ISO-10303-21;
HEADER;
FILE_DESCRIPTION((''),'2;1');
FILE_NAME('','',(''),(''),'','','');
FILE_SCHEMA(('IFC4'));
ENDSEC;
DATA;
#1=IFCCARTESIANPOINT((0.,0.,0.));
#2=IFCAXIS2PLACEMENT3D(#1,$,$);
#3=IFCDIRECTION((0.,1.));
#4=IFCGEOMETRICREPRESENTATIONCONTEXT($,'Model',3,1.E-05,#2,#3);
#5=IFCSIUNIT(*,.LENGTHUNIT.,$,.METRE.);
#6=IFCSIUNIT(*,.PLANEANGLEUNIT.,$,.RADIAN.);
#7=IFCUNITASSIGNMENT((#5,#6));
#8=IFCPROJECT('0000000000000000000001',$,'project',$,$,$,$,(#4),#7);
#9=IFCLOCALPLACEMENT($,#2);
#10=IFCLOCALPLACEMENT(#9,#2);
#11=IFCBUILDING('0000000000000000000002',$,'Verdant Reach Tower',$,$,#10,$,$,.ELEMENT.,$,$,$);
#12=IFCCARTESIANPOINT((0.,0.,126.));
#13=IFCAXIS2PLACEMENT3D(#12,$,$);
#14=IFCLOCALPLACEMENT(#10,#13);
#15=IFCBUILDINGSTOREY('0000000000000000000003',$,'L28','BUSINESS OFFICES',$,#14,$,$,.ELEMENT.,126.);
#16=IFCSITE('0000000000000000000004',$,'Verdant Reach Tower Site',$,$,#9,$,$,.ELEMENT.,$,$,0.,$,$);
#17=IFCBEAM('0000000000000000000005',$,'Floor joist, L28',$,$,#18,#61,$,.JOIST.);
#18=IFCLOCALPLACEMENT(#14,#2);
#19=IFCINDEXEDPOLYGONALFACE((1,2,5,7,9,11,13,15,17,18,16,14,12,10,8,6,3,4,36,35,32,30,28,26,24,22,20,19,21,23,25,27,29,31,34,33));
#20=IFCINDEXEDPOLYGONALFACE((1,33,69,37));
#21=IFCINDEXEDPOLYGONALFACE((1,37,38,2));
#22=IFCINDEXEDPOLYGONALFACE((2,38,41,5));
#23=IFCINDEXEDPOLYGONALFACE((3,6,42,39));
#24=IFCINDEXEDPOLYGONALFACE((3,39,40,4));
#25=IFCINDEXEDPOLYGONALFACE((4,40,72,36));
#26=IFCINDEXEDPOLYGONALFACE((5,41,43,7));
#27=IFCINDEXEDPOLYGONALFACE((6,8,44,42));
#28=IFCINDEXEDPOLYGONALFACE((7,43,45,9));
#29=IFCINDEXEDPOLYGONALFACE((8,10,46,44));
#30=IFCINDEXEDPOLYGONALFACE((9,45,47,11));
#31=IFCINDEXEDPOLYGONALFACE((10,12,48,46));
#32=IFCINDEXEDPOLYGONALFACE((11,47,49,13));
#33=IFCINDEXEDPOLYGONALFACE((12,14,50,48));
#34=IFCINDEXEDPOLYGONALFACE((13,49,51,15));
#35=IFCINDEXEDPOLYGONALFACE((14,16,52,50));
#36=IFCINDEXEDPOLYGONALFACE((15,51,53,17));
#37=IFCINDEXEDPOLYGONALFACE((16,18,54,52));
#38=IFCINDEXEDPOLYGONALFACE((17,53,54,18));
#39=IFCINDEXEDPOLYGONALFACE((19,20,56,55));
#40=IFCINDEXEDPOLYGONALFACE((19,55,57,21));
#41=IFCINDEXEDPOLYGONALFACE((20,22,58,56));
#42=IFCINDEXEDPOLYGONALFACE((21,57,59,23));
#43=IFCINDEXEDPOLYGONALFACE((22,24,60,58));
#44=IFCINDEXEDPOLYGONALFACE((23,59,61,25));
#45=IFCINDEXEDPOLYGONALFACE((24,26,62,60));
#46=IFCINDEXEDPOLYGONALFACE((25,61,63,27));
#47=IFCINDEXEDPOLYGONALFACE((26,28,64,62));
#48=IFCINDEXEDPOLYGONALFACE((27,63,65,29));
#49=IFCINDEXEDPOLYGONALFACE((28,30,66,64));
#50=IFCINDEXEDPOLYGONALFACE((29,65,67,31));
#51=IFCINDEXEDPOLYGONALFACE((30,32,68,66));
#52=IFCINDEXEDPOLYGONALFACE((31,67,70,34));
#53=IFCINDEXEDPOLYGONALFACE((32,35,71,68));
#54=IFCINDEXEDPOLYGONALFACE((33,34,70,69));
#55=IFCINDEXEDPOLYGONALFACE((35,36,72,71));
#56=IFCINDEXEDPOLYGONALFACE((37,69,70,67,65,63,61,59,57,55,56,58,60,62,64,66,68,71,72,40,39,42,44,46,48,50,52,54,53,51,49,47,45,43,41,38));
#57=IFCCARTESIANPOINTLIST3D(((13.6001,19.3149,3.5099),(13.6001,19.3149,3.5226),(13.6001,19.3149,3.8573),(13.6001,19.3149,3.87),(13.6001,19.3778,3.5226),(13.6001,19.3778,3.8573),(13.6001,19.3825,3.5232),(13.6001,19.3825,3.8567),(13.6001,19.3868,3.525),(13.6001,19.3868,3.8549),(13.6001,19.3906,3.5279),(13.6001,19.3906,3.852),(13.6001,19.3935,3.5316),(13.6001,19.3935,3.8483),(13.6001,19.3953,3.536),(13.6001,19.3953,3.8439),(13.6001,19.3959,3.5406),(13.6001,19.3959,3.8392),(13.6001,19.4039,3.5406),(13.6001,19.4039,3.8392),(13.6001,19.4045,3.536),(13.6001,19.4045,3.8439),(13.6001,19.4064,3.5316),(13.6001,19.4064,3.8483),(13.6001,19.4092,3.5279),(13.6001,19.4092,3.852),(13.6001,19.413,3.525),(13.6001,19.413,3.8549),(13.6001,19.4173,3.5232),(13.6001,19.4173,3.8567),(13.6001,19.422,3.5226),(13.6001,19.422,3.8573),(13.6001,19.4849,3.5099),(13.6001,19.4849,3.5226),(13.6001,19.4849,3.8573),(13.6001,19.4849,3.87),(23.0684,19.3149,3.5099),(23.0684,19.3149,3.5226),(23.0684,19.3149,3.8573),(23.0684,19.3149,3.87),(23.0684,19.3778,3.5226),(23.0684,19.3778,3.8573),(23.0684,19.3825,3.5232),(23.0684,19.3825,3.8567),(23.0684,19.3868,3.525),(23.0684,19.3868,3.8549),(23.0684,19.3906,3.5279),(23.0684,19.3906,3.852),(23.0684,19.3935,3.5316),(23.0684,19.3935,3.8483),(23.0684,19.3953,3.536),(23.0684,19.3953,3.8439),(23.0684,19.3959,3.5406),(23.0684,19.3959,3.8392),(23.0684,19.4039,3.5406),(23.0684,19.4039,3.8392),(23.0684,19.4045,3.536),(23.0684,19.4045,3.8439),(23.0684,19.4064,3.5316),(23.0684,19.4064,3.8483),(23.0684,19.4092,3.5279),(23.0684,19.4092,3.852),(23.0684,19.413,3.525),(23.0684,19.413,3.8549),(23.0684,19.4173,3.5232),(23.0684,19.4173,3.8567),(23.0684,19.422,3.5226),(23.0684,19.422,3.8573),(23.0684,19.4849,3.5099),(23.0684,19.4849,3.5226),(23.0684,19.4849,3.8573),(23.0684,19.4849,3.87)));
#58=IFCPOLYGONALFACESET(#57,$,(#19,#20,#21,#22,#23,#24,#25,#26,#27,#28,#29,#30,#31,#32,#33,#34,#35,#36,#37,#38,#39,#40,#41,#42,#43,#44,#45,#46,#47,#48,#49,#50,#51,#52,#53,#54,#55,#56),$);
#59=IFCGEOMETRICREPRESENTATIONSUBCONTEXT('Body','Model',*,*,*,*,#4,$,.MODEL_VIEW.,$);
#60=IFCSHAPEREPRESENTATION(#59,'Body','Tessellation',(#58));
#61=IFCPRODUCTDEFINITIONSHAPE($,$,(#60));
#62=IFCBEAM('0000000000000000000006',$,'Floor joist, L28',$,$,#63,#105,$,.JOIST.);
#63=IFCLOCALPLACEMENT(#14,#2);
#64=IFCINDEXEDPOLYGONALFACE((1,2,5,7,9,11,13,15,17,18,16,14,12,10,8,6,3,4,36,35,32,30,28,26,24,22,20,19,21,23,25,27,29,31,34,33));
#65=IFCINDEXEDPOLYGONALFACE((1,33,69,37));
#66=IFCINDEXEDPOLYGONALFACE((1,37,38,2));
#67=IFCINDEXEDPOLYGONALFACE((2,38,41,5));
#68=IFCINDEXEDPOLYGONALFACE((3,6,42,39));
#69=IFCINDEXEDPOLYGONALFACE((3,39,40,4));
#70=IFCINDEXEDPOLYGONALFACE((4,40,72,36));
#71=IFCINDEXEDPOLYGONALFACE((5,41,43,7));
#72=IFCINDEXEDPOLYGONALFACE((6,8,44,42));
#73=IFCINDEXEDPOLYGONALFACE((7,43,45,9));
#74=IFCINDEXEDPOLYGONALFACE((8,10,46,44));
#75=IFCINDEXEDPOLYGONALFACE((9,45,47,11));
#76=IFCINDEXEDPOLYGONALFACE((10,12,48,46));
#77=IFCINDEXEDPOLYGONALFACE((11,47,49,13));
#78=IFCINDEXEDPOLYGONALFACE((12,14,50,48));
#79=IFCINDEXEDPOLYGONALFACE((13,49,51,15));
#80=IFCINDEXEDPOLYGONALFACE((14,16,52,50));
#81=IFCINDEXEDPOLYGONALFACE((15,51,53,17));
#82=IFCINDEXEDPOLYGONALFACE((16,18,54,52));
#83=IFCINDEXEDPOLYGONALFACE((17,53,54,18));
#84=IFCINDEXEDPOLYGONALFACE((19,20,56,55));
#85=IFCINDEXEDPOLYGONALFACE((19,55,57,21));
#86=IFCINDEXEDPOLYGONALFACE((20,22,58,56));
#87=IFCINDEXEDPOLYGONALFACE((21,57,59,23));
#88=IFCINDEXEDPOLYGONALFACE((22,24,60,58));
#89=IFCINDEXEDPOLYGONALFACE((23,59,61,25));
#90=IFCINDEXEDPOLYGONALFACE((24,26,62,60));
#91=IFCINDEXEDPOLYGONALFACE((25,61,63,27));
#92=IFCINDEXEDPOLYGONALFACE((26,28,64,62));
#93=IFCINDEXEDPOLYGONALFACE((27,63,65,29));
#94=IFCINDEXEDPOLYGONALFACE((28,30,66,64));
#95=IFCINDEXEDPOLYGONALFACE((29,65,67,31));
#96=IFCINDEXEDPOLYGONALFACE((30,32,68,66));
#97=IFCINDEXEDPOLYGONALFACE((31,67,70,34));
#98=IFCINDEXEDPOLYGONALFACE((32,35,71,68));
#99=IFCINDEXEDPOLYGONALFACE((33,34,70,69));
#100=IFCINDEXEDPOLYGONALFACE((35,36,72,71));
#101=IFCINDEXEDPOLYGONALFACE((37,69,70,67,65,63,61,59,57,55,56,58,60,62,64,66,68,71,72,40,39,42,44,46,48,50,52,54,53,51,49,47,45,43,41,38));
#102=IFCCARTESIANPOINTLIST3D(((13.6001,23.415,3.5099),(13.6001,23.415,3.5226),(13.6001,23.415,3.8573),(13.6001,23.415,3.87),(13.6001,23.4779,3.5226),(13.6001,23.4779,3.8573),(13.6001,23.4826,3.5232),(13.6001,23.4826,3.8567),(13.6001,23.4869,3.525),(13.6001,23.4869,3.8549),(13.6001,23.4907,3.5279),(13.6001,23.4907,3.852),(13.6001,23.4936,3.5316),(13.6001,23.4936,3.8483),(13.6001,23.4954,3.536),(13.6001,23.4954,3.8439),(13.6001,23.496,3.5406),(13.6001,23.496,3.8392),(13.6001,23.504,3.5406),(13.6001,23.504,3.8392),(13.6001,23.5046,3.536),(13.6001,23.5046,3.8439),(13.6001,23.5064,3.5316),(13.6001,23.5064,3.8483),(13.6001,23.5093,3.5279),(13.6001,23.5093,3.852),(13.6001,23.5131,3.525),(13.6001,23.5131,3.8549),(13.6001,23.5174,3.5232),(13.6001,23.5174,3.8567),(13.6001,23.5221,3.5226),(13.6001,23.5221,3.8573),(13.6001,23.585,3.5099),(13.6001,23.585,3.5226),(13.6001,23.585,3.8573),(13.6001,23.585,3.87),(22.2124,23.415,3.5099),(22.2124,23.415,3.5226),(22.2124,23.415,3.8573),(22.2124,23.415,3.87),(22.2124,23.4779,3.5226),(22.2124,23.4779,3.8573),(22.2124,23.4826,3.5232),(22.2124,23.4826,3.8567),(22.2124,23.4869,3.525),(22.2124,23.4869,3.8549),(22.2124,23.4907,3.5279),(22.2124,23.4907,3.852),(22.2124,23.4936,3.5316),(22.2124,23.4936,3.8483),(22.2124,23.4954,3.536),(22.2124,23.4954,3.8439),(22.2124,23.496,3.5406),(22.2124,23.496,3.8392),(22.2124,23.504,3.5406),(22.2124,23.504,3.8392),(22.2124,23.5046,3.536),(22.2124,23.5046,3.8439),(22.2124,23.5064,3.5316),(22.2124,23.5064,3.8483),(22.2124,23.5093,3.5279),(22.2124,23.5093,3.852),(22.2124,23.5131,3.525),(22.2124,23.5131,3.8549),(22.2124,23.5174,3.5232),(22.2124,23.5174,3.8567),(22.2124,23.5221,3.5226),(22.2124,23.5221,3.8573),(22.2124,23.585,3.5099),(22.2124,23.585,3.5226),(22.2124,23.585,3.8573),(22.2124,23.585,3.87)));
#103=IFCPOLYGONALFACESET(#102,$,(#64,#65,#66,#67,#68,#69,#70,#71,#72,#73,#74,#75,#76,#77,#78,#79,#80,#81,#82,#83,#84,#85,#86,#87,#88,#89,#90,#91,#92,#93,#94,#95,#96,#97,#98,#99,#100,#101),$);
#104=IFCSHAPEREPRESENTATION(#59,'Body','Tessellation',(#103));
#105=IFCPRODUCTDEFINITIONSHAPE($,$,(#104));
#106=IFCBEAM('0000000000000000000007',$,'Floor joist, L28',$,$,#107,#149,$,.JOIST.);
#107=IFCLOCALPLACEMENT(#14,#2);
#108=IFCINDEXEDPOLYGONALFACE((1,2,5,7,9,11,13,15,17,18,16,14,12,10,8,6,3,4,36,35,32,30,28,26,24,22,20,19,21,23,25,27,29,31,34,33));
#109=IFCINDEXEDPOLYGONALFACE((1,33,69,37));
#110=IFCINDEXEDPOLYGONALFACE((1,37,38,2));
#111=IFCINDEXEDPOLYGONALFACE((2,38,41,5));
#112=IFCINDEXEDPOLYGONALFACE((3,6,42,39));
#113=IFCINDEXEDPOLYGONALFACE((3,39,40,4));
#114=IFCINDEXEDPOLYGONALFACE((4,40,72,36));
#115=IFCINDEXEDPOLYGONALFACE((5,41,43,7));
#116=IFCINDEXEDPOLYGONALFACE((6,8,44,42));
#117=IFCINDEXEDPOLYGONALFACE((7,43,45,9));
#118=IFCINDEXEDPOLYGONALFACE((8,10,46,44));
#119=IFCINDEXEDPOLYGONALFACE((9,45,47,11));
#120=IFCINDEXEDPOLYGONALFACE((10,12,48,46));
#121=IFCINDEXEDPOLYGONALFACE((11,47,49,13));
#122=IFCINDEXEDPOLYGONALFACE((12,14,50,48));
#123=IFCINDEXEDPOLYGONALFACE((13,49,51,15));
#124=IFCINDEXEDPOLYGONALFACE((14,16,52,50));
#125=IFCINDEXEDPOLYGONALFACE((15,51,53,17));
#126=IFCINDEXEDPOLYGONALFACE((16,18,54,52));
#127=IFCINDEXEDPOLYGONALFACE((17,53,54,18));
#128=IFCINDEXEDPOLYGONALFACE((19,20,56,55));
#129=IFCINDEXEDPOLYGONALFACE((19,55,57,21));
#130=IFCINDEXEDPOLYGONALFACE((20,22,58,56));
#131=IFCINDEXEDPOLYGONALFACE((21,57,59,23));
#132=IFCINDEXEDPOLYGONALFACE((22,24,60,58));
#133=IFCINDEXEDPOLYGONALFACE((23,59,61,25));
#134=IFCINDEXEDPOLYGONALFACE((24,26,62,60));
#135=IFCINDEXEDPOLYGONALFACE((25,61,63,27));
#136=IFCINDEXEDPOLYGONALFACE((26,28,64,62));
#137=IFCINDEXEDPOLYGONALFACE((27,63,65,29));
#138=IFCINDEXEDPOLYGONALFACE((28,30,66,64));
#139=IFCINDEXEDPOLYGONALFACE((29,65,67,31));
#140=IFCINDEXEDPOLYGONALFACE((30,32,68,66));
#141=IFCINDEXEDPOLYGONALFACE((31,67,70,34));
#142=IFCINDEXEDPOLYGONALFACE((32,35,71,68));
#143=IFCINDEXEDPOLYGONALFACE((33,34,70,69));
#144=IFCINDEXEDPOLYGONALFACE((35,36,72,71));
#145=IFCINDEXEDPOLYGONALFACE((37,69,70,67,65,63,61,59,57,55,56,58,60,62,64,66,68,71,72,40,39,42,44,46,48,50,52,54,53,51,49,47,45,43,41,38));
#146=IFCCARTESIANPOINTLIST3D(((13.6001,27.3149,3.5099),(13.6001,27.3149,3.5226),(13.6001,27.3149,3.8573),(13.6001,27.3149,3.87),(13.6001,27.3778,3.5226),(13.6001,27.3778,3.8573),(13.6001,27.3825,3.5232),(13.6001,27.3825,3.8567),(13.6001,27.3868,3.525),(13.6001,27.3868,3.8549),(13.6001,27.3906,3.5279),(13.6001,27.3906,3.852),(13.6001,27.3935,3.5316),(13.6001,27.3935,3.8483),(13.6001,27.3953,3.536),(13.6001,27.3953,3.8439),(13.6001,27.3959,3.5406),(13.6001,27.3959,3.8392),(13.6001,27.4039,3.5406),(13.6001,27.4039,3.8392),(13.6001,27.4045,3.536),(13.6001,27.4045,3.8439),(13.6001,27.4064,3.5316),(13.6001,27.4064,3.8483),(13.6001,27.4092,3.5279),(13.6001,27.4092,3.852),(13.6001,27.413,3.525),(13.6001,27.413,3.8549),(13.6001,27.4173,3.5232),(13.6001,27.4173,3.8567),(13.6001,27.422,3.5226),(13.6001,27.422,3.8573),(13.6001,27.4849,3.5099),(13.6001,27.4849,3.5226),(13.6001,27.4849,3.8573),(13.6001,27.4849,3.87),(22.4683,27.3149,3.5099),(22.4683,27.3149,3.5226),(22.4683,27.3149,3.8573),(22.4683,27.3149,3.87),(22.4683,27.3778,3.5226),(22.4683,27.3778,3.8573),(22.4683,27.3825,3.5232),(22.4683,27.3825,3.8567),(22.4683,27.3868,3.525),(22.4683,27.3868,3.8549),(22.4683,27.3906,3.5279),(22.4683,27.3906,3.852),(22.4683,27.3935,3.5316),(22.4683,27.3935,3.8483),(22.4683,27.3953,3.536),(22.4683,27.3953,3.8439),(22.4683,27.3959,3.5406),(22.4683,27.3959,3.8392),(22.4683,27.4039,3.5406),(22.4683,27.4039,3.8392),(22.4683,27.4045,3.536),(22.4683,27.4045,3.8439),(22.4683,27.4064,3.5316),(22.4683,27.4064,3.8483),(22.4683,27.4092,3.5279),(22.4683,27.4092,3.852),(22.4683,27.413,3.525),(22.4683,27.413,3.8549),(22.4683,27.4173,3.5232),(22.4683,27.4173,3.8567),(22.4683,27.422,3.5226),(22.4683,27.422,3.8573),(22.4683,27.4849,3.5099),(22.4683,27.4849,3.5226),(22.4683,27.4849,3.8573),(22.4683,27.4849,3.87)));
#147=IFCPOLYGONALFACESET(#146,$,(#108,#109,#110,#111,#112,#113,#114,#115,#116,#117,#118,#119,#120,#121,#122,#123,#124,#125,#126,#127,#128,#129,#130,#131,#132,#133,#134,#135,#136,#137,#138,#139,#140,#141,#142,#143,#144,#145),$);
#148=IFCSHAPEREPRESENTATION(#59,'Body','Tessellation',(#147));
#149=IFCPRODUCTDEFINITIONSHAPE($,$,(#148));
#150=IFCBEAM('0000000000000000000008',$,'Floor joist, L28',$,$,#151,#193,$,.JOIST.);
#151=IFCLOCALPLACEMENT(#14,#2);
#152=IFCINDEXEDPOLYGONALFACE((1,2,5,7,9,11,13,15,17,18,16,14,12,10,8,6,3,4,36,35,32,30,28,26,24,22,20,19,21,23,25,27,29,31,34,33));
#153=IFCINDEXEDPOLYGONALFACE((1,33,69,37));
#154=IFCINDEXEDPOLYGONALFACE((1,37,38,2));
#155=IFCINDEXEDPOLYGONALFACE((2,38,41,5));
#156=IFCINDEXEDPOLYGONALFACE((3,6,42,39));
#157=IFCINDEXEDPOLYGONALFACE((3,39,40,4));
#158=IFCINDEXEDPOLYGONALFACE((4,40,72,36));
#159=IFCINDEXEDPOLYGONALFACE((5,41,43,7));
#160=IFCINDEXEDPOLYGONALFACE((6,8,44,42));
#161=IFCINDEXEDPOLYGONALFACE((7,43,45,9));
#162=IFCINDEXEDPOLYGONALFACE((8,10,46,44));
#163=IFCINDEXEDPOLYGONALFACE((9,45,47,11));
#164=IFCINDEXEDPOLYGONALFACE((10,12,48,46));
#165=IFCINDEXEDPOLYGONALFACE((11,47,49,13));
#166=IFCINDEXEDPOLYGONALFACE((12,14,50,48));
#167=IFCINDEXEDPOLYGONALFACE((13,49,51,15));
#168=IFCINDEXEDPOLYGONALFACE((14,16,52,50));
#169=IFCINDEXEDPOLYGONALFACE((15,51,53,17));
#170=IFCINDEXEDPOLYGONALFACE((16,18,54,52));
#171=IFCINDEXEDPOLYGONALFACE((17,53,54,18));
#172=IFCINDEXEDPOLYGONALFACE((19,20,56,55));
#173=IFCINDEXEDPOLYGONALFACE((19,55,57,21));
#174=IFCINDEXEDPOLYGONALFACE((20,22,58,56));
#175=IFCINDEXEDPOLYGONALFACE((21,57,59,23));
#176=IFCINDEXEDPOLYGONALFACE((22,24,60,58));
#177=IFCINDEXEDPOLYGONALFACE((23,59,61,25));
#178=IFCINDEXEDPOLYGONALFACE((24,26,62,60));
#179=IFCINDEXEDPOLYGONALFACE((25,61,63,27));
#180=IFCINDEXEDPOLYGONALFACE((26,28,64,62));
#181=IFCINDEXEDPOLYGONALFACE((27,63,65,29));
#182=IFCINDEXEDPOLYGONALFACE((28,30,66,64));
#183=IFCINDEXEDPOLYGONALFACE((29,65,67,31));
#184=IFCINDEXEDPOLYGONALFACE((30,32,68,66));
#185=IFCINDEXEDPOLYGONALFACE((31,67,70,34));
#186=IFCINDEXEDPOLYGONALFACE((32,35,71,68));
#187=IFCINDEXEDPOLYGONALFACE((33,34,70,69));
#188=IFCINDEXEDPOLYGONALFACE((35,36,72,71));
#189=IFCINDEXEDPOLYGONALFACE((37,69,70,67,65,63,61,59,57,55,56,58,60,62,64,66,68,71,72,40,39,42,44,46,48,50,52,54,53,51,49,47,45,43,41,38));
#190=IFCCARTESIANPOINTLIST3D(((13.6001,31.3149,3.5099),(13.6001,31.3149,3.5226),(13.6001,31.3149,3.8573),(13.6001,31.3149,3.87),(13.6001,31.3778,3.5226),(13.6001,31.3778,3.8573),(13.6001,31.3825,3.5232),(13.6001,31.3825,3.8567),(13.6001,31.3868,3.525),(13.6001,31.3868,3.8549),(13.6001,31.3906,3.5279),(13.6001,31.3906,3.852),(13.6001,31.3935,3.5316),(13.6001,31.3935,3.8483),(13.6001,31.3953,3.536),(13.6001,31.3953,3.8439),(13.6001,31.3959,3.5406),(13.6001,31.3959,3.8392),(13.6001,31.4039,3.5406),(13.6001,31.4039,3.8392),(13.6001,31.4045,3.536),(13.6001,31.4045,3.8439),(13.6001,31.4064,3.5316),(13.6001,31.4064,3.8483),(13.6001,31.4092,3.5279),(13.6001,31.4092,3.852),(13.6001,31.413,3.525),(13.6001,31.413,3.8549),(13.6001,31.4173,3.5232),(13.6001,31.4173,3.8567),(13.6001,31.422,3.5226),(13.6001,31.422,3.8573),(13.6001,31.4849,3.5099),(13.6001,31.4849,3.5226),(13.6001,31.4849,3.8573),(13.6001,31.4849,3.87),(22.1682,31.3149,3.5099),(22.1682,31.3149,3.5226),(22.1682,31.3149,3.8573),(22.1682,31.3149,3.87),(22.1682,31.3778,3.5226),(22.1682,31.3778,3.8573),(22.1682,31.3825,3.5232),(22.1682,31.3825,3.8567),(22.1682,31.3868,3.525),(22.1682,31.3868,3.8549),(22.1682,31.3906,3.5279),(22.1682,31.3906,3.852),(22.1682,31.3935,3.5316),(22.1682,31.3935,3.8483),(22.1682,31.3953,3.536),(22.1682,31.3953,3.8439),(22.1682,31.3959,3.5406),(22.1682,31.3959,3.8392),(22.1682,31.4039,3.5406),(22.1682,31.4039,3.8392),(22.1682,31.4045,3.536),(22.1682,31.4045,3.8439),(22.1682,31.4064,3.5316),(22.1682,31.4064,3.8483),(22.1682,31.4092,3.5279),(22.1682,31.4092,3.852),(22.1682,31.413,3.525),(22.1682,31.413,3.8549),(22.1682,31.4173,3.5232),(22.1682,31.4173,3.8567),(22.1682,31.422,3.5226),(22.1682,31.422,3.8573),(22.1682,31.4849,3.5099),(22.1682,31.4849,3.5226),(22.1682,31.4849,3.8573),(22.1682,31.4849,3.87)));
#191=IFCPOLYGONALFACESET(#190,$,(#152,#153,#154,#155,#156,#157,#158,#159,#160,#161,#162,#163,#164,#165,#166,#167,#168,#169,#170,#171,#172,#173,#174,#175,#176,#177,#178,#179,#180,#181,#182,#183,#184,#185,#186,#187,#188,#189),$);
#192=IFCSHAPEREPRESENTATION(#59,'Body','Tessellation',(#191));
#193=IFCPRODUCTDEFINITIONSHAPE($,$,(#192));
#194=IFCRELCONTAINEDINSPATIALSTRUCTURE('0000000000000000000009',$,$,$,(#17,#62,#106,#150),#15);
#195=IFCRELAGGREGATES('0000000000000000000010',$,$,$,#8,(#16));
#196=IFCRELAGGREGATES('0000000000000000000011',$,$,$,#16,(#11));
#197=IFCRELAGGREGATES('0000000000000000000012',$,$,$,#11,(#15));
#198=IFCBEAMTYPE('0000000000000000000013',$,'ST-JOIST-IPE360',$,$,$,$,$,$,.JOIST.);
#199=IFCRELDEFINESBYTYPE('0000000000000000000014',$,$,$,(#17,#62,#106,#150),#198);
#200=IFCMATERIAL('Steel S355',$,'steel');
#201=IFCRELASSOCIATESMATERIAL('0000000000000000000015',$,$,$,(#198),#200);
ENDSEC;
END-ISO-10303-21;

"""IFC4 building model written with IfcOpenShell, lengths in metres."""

from ifc_helpers import new_model, si_unit, direction, frame, origin, origin_2d, place, context, subcontext, project, spatial, i_section, extrude, material, material_profile, profile_set, type_object, element, save


model = new_model("IFC4")

# Units and contexts
model_context = context("Model", 3, precision=1e-05, world=origin(), true_north=direction((0.0, 1.0)))
body_context = subcontext(model_context, "Body", "Model", "MODEL_VIEW")
ifc_project = project(units=[si_unit("LENGTHUNIT", "METRE"), si_unit("PLANEANGLEUNIT", "RADIAN")], contexts=[model_context])

# Site, building, storey
site_placement = place(None, origin())
site = spatial("IfcSite", under=ifc_project, at=site_placement, Name="Verdant Reach Tower Site", CompositionType="ELEMENT", RefElevation=0.0)
building_placement = place(site_placement, origin())
building = spatial("IfcBuilding", under=site, at=building_placement, Name="Verdant Reach Tower", CompositionType="ELEMENT")
storey_placement = place(building_placement, frame((0.0, 0.0, 126.0)))
storey = spatial("IfcBuildingStorey", under=building, at=storey_placement, Name="L28", Description="BUSINESS OFFICES", CompositionType="ELEMENT", Elevation=126.0)

# Beams
ifc_material_1 = material(Name="Steel S355", Category="steel")
ifc_material_profile_1 = material_profile(ifc_material_1, i_section(OverallWidth=0.1699, OverallDepth=0.3601, WebThickness=0.0081, FlangeThickness=0.0127, FilletRadius=0.0181, at=origin_2d()), Name="IPE 360")
ifc_profile_set_1 = profile_set([ifc_material_profile_1], Name="Steel S355")
beam_type_1 = type_object("IfcBeamType", Name="ST-JOIST-IPE360", PredefinedType="JOIST", material=ifc_profile_set_1)
beam_1_placement = place(storey_placement, frame((13.6001, 19.3999, 3.6899), z_axis=(1.0, 0.0, 0.0), x_axis=(0.0, 1.0, 0.0)))
element("IfcBeam", 1, at=beam_1_placement, inside=storey, type_object=beam_type_1, Name="Floor joist, L28", PredefinedType="JOIST", context=body_context, shape_type="SweptSolid", body=[
    extrude(i_section(OverallWidth=0.1699, OverallDepth=0.3601, WebThickness=0.0081, FlangeThickness=0.0127, FilletRadius=0.0181, at=origin_2d()), origin(), (0.0, 0.0, 1.0), 9.4683),
])
beam_2_placement = place(storey_placement, frame((13.6001, 23.5, 3.6899), z_axis=(1.0, 0.0, 0.0), x_axis=(0.0, 1.0, 0.0)))
element("IfcBeam", 2, at=beam_2_placement, inside=storey, type_object=beam_type_1, Name="Floor joist, L28", PredefinedType="JOIST", context=body_context, shape_type="SweptSolid", body=[
    extrude(i_section(OverallWidth=0.1699, OverallDepth=0.3601, WebThickness=0.0081, FlangeThickness=0.0127, FilletRadius=0.0181, at=origin_2d()), origin(), (0.0, 0.0, 1.0), 8.6123),
])
beam_3_placement = place(storey_placement, frame((13.6001, 27.3999, 3.6899), z_axis=(1.0, 0.0, 0.0), x_axis=(0.0, 1.0, 0.0)))
element("IfcBeam", 3, at=beam_3_placement, inside=storey, type_object=beam_type_1, Name="Floor joist, L28", PredefinedType="JOIST", context=body_context, shape_type="SweptSolid", body=[
    extrude(i_section(OverallWidth=0.1699, OverallDepth=0.3601, WebThickness=0.0081, FlangeThickness=0.0127, FilletRadius=0.0181, at=origin_2d()), origin(), (0.0, 0.0, 1.0), 8.8682),
])
beam_4_placement = place(storey_placement, frame((13.6001, 31.3999, 3.6899), z_axis=(1.0, 0.0, 0.0), x_axis=(0.0, 1.0, 0.0)))
element("IfcBeam", 4, at=beam_4_placement, inside=storey, type_object=beam_type_1, Name="Floor joist, L28", PredefinedType="JOIST", context=body_context, shape_type="SweptSolid", body=[
    extrude(i_section(OverallWidth=0.1699, OverallDepth=0.3601, WebThickness=0.0081, FlangeThickness=0.0127, FilletRadius=0.0181, at=origin_2d()), origin(), (0.0, 0.0, 1.0), 8.5681),
])

save(model, "model.ifc")
